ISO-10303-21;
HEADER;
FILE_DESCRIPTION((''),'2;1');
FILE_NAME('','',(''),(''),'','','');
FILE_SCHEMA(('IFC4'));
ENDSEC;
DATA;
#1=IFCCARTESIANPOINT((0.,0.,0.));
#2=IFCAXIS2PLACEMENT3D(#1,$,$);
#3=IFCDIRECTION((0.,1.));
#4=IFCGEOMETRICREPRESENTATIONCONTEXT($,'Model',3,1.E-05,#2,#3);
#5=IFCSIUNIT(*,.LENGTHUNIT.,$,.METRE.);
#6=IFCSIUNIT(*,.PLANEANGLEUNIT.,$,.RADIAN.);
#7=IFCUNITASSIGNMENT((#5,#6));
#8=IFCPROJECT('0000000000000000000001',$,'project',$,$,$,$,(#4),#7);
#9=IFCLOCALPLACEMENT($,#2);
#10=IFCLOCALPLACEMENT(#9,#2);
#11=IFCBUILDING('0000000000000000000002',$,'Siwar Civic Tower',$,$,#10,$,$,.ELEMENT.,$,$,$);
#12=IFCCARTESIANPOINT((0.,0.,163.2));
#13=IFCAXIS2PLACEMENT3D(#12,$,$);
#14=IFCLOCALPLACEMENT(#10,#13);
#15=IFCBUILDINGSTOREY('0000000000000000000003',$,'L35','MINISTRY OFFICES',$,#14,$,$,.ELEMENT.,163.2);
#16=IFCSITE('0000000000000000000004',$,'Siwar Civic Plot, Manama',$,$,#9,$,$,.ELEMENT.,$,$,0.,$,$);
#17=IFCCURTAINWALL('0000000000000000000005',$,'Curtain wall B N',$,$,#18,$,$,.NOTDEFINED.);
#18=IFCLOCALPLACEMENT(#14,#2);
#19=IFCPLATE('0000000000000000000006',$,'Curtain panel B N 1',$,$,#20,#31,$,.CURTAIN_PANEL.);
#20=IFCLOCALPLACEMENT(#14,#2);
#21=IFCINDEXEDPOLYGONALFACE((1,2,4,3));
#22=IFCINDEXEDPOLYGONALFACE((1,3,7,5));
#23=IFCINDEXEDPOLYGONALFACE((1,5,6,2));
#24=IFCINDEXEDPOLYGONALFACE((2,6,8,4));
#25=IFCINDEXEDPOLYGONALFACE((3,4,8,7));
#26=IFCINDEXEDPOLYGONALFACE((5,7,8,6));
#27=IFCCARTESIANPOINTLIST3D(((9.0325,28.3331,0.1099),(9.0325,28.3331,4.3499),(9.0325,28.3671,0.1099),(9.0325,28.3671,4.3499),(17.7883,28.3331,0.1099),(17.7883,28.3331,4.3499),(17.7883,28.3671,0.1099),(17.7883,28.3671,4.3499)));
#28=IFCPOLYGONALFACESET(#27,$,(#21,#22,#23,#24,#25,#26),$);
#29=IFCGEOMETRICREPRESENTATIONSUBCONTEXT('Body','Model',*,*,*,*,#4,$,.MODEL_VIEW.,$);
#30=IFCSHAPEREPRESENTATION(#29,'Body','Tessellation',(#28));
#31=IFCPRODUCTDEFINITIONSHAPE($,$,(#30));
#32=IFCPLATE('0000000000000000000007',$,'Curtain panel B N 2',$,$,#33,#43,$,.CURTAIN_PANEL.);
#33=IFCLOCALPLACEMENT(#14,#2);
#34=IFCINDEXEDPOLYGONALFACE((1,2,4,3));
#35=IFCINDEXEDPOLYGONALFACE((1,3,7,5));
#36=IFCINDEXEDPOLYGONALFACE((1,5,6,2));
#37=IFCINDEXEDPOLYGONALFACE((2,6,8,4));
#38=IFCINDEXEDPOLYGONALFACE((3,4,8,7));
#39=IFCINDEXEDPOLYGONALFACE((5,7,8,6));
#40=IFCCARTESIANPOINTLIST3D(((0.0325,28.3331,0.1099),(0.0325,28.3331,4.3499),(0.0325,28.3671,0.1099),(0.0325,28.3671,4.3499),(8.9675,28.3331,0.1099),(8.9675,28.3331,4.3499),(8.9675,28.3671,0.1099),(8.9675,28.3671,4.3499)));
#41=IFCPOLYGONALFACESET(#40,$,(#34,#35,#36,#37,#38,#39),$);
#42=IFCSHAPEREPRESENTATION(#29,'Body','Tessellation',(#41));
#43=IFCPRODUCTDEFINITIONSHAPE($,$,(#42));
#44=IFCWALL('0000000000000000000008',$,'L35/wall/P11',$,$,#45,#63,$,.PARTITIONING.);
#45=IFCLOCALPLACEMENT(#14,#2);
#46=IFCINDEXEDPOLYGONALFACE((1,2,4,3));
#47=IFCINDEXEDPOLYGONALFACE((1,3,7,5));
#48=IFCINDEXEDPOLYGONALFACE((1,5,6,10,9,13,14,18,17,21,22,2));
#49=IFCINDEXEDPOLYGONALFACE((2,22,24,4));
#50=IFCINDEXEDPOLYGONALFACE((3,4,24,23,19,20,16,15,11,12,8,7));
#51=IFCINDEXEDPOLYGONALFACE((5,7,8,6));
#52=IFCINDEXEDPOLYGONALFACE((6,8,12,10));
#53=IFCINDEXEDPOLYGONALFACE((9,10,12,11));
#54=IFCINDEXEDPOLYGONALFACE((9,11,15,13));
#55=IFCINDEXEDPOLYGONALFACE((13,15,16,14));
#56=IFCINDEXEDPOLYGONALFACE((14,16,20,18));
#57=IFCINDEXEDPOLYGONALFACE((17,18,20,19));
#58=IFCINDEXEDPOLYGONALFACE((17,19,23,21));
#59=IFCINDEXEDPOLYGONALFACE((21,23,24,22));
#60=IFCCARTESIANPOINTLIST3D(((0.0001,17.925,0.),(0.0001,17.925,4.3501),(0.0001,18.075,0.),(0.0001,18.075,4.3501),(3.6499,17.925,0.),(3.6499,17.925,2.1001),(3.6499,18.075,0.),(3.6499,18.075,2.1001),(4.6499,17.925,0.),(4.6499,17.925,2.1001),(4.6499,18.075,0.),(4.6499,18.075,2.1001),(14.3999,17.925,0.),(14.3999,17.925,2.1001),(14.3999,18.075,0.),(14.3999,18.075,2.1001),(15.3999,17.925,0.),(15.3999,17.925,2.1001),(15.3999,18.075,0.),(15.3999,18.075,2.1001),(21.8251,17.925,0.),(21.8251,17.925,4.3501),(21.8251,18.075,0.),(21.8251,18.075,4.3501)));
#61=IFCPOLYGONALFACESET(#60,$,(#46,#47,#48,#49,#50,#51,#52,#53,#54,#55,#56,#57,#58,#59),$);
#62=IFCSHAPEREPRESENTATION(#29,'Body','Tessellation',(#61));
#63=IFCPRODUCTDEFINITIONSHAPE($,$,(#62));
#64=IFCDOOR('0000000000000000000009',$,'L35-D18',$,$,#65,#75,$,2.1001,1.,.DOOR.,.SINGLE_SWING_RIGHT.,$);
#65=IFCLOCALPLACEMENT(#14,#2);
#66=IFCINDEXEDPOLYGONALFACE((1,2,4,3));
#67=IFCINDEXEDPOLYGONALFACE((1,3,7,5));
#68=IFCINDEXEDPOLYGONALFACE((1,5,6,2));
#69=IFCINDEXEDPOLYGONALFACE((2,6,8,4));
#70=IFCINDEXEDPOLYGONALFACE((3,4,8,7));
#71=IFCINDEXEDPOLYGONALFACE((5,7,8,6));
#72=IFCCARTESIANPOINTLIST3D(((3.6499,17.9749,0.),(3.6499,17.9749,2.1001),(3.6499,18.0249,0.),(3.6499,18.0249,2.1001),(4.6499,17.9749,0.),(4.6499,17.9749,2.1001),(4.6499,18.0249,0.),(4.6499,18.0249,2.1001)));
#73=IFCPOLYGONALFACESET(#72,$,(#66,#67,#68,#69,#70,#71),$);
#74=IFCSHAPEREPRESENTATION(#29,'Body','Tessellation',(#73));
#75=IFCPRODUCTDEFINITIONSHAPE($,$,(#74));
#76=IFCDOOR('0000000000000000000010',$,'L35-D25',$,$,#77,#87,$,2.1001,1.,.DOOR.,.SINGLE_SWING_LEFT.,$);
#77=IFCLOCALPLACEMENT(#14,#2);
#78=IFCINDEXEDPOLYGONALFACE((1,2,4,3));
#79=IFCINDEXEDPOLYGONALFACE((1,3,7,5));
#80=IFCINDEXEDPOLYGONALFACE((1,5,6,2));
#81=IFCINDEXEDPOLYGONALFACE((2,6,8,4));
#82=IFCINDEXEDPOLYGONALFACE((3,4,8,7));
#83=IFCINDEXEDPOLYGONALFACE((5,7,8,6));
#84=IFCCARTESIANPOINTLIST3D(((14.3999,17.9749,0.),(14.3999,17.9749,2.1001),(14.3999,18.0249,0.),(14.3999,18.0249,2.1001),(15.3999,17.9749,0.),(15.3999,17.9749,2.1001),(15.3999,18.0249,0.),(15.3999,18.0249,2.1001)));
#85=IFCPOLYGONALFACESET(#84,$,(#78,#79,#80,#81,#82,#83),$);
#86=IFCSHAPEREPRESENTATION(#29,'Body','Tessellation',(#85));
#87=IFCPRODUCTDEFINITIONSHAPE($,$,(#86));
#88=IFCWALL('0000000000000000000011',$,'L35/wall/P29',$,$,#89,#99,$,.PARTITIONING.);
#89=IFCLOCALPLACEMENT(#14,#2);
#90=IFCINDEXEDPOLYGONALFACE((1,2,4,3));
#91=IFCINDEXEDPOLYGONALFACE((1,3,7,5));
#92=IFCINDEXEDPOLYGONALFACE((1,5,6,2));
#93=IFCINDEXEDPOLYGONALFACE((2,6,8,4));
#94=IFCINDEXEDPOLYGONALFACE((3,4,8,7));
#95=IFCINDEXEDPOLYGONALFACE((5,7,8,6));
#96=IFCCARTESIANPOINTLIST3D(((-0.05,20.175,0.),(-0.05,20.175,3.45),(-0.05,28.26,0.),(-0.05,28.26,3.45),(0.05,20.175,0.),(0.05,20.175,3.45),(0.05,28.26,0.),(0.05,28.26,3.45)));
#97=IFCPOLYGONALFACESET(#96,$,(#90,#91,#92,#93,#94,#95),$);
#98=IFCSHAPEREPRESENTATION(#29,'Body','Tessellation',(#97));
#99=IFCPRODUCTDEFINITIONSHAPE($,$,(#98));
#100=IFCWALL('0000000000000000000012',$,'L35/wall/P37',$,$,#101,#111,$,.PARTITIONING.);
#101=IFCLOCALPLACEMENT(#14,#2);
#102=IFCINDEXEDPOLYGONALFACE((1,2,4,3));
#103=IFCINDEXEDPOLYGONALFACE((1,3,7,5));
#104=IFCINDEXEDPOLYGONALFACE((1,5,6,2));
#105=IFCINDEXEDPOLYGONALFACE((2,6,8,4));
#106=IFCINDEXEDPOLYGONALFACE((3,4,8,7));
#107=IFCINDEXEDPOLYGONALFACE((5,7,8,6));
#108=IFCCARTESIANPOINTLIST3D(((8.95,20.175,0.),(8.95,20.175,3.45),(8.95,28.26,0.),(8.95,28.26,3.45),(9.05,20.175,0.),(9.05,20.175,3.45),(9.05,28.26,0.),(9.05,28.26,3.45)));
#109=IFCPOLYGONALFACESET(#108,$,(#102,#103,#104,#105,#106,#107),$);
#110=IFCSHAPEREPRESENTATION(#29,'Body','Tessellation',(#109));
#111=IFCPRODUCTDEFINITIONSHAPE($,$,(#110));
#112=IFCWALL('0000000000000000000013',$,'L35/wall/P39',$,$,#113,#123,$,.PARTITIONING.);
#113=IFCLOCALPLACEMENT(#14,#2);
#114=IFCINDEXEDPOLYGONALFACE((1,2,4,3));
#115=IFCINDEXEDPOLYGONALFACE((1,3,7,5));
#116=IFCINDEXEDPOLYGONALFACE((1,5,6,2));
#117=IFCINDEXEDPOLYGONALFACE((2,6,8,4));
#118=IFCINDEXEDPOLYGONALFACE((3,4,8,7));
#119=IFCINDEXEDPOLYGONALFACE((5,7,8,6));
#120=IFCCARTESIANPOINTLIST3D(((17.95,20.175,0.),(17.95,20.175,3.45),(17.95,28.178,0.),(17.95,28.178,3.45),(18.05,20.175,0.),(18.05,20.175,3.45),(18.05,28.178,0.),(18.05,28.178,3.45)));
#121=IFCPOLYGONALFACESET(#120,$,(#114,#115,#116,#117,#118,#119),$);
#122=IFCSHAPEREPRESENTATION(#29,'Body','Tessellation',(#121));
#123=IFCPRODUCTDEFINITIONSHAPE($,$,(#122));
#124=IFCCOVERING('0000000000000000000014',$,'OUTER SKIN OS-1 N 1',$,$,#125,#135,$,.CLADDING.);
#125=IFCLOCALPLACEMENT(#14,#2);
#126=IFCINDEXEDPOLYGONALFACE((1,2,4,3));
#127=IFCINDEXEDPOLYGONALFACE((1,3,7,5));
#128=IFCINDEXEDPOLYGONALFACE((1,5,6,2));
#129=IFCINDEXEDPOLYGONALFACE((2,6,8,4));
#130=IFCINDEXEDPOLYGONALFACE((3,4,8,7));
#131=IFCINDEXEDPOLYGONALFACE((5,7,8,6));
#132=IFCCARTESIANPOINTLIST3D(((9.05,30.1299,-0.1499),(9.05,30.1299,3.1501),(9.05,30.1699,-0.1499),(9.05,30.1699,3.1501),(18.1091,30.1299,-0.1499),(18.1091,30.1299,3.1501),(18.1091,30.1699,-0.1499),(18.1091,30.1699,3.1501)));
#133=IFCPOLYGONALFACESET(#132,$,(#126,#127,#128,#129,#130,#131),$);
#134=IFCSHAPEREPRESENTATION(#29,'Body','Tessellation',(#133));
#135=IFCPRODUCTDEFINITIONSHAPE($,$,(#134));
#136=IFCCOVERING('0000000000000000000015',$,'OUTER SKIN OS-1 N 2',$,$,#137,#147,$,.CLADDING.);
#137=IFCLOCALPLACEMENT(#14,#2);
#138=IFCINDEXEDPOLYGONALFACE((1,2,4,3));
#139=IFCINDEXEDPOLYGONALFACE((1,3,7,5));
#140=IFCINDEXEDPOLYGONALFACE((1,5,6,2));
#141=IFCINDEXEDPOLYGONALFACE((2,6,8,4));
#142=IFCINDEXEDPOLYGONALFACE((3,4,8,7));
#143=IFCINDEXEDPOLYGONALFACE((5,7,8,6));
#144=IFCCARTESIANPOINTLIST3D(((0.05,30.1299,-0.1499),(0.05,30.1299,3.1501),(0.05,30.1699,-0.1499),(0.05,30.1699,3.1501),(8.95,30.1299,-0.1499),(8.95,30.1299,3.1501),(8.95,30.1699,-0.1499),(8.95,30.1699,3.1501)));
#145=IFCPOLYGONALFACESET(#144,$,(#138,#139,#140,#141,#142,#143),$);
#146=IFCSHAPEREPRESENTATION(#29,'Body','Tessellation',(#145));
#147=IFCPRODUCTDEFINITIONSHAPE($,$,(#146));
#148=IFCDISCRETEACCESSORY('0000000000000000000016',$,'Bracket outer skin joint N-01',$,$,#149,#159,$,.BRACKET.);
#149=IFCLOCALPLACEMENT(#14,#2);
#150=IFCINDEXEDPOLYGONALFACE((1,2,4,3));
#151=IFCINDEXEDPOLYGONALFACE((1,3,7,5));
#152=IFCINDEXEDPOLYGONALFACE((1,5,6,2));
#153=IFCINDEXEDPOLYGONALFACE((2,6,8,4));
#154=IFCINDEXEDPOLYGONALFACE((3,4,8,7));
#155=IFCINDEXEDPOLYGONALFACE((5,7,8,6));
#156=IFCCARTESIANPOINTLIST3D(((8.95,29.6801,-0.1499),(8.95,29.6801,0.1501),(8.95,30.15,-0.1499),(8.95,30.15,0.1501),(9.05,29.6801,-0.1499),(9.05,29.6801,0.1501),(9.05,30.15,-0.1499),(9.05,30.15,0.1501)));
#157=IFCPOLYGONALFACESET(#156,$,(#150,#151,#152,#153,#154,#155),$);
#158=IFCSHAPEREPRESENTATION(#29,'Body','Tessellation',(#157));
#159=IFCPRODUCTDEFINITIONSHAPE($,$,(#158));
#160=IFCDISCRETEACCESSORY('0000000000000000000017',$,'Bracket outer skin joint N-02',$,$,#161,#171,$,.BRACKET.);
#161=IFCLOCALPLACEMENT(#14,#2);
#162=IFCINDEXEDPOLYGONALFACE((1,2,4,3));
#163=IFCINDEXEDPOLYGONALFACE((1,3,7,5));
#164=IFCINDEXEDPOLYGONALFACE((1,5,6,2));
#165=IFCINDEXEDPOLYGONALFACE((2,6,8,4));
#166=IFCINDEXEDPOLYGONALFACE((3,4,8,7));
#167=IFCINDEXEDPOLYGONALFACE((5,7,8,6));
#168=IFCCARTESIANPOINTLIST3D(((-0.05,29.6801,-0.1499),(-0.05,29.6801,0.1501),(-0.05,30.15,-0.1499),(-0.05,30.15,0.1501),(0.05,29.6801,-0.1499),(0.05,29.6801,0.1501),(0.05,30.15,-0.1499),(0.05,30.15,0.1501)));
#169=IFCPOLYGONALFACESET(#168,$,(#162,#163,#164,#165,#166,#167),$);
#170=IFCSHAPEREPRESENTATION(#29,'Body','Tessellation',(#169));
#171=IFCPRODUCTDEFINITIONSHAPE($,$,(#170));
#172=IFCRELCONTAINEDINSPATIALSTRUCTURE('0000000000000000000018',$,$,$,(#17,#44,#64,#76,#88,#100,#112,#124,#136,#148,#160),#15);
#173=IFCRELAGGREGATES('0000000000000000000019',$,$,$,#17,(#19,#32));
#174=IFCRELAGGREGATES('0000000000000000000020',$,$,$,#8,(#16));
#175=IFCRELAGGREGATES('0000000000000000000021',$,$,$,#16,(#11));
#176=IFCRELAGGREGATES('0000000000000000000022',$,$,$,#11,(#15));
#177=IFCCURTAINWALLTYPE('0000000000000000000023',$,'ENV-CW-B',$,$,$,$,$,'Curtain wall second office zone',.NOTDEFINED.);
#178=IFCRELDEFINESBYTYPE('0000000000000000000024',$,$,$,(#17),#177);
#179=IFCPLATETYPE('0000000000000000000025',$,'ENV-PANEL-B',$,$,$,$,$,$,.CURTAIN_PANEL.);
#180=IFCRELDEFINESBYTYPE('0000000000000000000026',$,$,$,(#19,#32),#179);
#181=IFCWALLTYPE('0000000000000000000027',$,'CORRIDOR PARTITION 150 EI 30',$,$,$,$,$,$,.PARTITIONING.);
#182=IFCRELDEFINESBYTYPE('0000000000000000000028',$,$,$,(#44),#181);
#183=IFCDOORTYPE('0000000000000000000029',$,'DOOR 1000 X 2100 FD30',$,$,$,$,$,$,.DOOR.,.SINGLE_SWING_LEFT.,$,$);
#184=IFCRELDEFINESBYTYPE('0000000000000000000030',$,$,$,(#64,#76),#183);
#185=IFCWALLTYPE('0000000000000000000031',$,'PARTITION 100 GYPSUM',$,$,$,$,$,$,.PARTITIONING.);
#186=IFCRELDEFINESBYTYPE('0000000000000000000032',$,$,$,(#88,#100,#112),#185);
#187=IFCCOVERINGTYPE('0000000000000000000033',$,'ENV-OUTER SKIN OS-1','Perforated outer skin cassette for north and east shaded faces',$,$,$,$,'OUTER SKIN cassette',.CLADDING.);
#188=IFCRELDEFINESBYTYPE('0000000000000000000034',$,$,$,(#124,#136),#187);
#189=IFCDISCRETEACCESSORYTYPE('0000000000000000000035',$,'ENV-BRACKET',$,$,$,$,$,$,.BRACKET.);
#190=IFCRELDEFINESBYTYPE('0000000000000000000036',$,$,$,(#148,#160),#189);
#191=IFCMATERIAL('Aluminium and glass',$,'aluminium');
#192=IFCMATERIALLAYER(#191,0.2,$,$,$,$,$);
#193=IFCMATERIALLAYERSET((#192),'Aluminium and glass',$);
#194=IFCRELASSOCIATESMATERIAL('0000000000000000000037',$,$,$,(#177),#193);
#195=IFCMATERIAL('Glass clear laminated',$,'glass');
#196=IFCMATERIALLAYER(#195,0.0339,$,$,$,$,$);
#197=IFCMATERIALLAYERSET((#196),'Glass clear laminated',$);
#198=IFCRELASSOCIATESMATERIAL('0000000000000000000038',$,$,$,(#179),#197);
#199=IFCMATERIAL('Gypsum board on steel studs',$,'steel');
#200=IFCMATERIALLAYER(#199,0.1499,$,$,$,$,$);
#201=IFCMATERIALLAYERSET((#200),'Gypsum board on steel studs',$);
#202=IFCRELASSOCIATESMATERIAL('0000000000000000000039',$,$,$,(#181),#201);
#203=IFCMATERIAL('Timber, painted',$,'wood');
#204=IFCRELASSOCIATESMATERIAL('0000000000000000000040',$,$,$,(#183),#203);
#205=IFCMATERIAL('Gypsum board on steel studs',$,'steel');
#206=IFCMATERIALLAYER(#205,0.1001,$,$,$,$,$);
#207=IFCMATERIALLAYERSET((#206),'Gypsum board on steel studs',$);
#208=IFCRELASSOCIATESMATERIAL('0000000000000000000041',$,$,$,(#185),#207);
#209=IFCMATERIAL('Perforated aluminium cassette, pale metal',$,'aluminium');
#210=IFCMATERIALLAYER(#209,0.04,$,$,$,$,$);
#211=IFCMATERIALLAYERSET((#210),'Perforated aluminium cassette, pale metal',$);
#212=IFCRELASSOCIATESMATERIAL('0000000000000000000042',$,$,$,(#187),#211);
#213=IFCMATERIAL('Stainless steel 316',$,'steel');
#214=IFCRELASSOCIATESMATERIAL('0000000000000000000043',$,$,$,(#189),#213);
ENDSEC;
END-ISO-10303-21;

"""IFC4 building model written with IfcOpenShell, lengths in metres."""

from ifc_helpers import new_model, si_unit, direction, frame, frame_2d, origin, origin_2d, place, context, subcontext, project, spatial, rectangle, extrude, material, layer, layer_set, type_object, element, fill, aggregate, save


model = new_model("IFC4")

# Units and contexts
model_context = context("Model", 3, precision=1e-05, world=origin(), true_north=direction((0.0, 1.0)))
body_context = subcontext(model_context, "Body", "Model", "MODEL_VIEW")
ifc_project = project(units=[si_unit("LENGTHUNIT", "METRE"), si_unit("PLANEANGLEUNIT", "RADIAN")], contexts=[model_context])

# Site, building, storey
site_placement = place(None, origin())
site = spatial("IfcSite", under=ifc_project, at=site_placement, Name="Siwar Civic Plot, Manama", CompositionType="ELEMENT", RefElevation=0.0)
building_placement = place(site_placement, origin())
building = spatial("IfcBuilding", under=site, at=building_placement, Name="Siwar Civic Tower", CompositionType="ELEMENT")
storey_placement = place(building_placement, frame((0.0, 0.0, 163.2)))
storey = spatial("IfcBuildingStorey", under=building, at=storey_placement, Name="L35", Description="MINISTRY OFFICES", CompositionType="ELEMENT", Elevation=163.2)

# Curtain wall
ifc_material_1 = material(Name="Aluminium and glass", Category="aluminium")
ifc_layer_1 = layer(ifc_material_1, 0.2)
ifc_layer_set_1 = layer_set([ifc_layer_1], Name="Aluminium and glass")
curtain_wall_type = type_object("IfcCurtainWallType", Name="ENV-CW-B", ElementType="Curtain wall second office zone", PredefinedType="NOTDEFINED", material=ifc_layer_set_1)
curtain_wall_placement = place(storey_placement, origin())
curtain_wall = element("IfcCurtainWall", 1, at=curtain_wall_placement, inside=storey, type_object=curtain_wall_type, Name="Curtain wall B N", PredefinedType="NOTDEFINED")

# Plates
ifc_material_2 = material(Name="Glass clear laminated", Category="glass")
ifc_layer_2 = layer(ifc_material_2, 0.0339)
ifc_layer_set_2 = layer_set([ifc_layer_2], Name="Glass clear laminated")
plate_type = type_object("IfcPlateType", Name="ENV-PANEL-B", PredefinedType="CURTAIN_PANEL", material=ifc_layer_set_2)
plate_1_placement = place(storey_placement, frame((13.4104, 28.3501, 0.1099), z_axis=(0.0, 0.0, 1.0), x_axis=(-1.0, 0.0, 0.0)))
plate_1 = element("IfcPlate", 2, at=plate_1_placement, type_object=plate_type, Name="Curtain panel B N 1", PredefinedType="CURTAIN_PANEL", context=body_context, shape_type="SweptSolid", body=[
    extrude(rectangle(XDim=8.7559, YDim=0.0339, at=origin_2d()), origin(), (0.0, 0.0, 1.0), 4.24),
])
plate_2_placement = place(storey_placement, frame((4.5, 28.3501, 0.1099), z_axis=(0.0, 0.0, 1.0), x_axis=(-1.0, 0.0, 0.0)))
plate_2 = element("IfcPlate", 3, at=plate_2_placement, type_object=plate_type, Name="Curtain panel B N 2", PredefinedType="CURTAIN_PANEL", context=body_context, shape_type="SweptSolid", body=[
    extrude(rectangle(XDim=8.9351, YDim=0.0339, at=origin_2d()), origin(), (0.0, 0.0, 1.0), 4.24),
])
aggregate(curtain_wall, [plate_1, plate_2])

# Wall, openings, doors
ifc_material_3 = material(Name="Gypsum board on steel studs", Category="steel")
ifc_layer_3 = layer(ifc_material_3, 0.1499)
ifc_layer_set_3 = layer_set([ifc_layer_3], Name="Gypsum board on steel studs")
wall_type_1 = type_object("IfcWallType", Name="CORRIDOR PARTITION 150 EI 30", PredefinedType="PARTITIONING", material=ifc_layer_set_3)
wall_1_placement = place(storey_placement, frame((0.0, 18.0, 0.0), z_axis=(0.0, 0.0, 1.0), x_axis=(1.0, 0.0, 0.0)))
wall_1 = element("IfcWall", 4, at=wall_1_placement, inside=storey, type_object=wall_type_1, Name="L35/wall/P11", PredefinedType="PARTITIONING", context=body_context, shape_type="SweptSolid", body=[
    extrude(rectangle(XDim=21.825, YDim=0.1499, at=frame_2d((10.9126, 0.0))), origin(), (0.0, 0.0, 1.0), 4.3501),
])
opening_1_placement = place(wall_1_placement, frame((3.6499, 0.0, 0.0)))
opening_1 = element("IfcOpeningElement", 5, at=opening_1_placement, cuts=wall_1, PredefinedType="OPENING", context=body_context, shape_type="SweptSolid", body=[
    extrude(rectangle(XDim=1.0, YDim=2.1001, at=frame_2d((0.5, 1.05))), frame((0.0, 0.085, 0.0), z_axis=(0.0, -1.0, 0.0), x_axis=(1.0, 0.0, 0.0)), (0.0, 0.0, 1.0), 0.1699),
])
opening_2_placement = place(wall_1_placement, frame((14.3999, 0.0, 0.0)))
opening_2 = element("IfcOpeningElement", 6, at=opening_2_placement, cuts=wall_1, PredefinedType="OPENING", context=body_context, shape_type="SweptSolid", body=[
    extrude(rectangle(XDim=1.0, YDim=2.1001, at=frame_2d((0.5, 1.05))), frame((0.0, 0.085, 0.0), z_axis=(0.0, -1.0, 0.0), x_axis=(1.0, 0.0, 0.0)), (0.0, 0.0, 1.0), 0.1699),
])
ifc_material_4 = material(Name="Timber, painted", Category="wood")
door_type = type_object("IfcDoorType", Name="DOOR 1000 X 2100 FD30", OperationType="SINGLE_SWING_LEFT", PredefinedType="DOOR", material=ifc_material_4)
door_1_placement = place(opening_1_placement, origin())
door_1 = element("IfcDoor", 7, at=door_1_placement, inside=storey, type_object=door_type, Name="L35-D18", OperationType="SINGLE_SWING_RIGHT", OverallHeight=2.1001, OverallWidth=1.0, PredefinedType="DOOR", context=body_context, shape_type="SweptSolid", body=[
    extrude(rectangle(XDim=1.0, YDim=2.1001, at=frame_2d((0.5, 1.05))), frame((0.0, 0.0249, 0.0), z_axis=(0.0, -1.0, 0.0), x_axis=(1.0, 0.0, 0.0)), (0.0, 0.0, 1.0), 0.05),
])
fill(opening_1, door_1)
door_2_placement = place(opening_2_placement, origin())
door_2 = element("IfcDoor", 8, at=door_2_placement, inside=storey, type_object=door_type, Name="L35-D25", OperationType="SINGLE_SWING_LEFT", OverallHeight=2.1001, OverallWidth=1.0, PredefinedType="DOOR", context=body_context, shape_type="SweptSolid", body=[
    extrude(rectangle(XDim=1.0, YDim=2.1001, at=frame_2d((0.5, 1.05))), frame((0.0, 0.0249, 0.0), z_axis=(0.0, -1.0, 0.0), x_axis=(1.0, 0.0, 0.0)), (0.0, 0.0, 1.0), 0.05),
])
fill(opening_2, door_2)

# Walls
ifc_material_5 = material(Name="Gypsum board on steel studs", Category="steel")
ifc_layer_4 = layer(ifc_material_5, 0.1001)
ifc_layer_set_4 = layer_set([ifc_layer_4], Name="Gypsum board on steel studs")
wall_type_2 = type_object("IfcWallType", Name="PARTITION 100 GYPSUM", PredefinedType="PARTITIONING", material=ifc_layer_set_4)
for number, where, z_axis, x_axis, name in (
    (9, (0.0, 20.175, 0.0), (0.0, 0.0, 1.0), (0.0, 1.0, 0.0), "L35/wall/P29"),
    (10, (9.0, 20.175, 0.0), (0.0, 0.0, 1.0), (0.0, 1.0, 0.0), "L35/wall/P37"),
):
    element("IfcWall", number, at=place(storey_placement, frame(where, z_axis=z_axis, x_axis=x_axis)), inside=storey, type_object=wall_type_2, Name=name, PredefinedType="PARTITIONING", context=body_context, shape_type="SweptSolid", body=[
        extrude(rectangle(XDim=8.085, YDim=0.1001, at=frame_2d((4.0425, 0.0))), origin(), (0.0, 0.0, 1.0), 3.45),
    ])
wall_2_placement = place(storey_placement, frame((18.0, 20.175, 0.0), z_axis=(0.0, 0.0, 1.0), x_axis=(0.0, 1.0, 0.0)))
element("IfcWall", 11, at=wall_2_placement, inside=storey, type_object=wall_type_2, Name="L35/wall/P39", PredefinedType="PARTITIONING", context=body_context, shape_type="SweptSolid", body=[
    extrude(rectangle(XDim=8.0029, YDim=0.1001, at=frame_2d((4.0015, 0.0))), origin(), (0.0, 0.0, 1.0), 3.45),
])

# Coverings
ifc_material_6 = material(Name="Perforated aluminium cassette, pale metal", Category="aluminium")
ifc_layer_5 = layer(ifc_material_6, 0.04)
ifc_layer_set_5 = layer_set([ifc_layer_5], Name="Perforated aluminium cassette, pale metal")
covering_type = type_object("IfcCoveringType", Name="ENV-OUTER SKIN OS-1", Description="Perforated outer skin cassette for north and east shaded faces", ElementType="OUTER SKIN cassette", PredefinedType="CLADDING", material=ifc_layer_set_5)
covering_1_placement = place(storey_placement, frame((13.5796, 30.1499, -0.1499), z_axis=(0.0, 0.0, 1.0), x_axis=(-1.0, 0.0, 0.0)))
element("IfcCovering", 12, at=covering_1_placement, inside=storey, type_object=covering_type, Name="OUTER SKIN OS-1 N 1", PredefinedType="CLADDING", context=body_context, shape_type="SweptSolid", body=[
    extrude(rectangle(XDim=9.0591, YDim=0.04, at=origin_2d()), origin(), (0.0, 0.0, 1.0), 3.3),
])
covering_2_placement = place(storey_placement, frame((4.5, 30.1499, -0.1499), z_axis=(0.0, 0.0, 1.0), x_axis=(-1.0, 0.0, 0.0)))
element("IfcCovering", 13, at=covering_2_placement, inside=storey, type_object=covering_type, Name="OUTER SKIN OS-1 N 2", PredefinedType="CLADDING", context=body_context, shape_type="SweptSolid", body=[
    extrude(rectangle(XDim=8.8999, YDim=0.04, at=origin_2d()), origin(), (0.0, 0.0, 1.0), 3.3),
])

# Discrete accessories
ifc_material_7 = material(Name="Stainless steel 316", Category="steel")
discrete_accessory_type = type_object("IfcDiscreteAccessoryType", Name="ENV-BRACKET", PredefinedType="BRACKET", material=ifc_material_7)
for number, where, z_axis, x_axis, name in (
    (14, (9.0, 29.915, -0.1499), (0.0, 0.0, 1.0), (0.0, 1.0, 0.0), "Bracket outer skin joint N-01"),
    (15, (0.0, 29.915, -0.1499), (0.0, 0.0, 1.0), (0.0, 1.0, 0.0), "Bracket outer skin joint N-02"),
):
    element("IfcDiscreteAccessory", number, at=place(storey_placement, frame(where, z_axis=z_axis, x_axis=x_axis)), inside=storey, type_object=discrete_accessory_type, Name=name, PredefinedType="BRACKET", context=body_context, shape_type="SweptSolid", body=[
        extrude(rectangle(XDim=0.47, YDim=0.1001, at=origin_2d()), origin(), (0.0, 0.0, 1.0), 0.3),
    ])

save(model, "model.ifc")
